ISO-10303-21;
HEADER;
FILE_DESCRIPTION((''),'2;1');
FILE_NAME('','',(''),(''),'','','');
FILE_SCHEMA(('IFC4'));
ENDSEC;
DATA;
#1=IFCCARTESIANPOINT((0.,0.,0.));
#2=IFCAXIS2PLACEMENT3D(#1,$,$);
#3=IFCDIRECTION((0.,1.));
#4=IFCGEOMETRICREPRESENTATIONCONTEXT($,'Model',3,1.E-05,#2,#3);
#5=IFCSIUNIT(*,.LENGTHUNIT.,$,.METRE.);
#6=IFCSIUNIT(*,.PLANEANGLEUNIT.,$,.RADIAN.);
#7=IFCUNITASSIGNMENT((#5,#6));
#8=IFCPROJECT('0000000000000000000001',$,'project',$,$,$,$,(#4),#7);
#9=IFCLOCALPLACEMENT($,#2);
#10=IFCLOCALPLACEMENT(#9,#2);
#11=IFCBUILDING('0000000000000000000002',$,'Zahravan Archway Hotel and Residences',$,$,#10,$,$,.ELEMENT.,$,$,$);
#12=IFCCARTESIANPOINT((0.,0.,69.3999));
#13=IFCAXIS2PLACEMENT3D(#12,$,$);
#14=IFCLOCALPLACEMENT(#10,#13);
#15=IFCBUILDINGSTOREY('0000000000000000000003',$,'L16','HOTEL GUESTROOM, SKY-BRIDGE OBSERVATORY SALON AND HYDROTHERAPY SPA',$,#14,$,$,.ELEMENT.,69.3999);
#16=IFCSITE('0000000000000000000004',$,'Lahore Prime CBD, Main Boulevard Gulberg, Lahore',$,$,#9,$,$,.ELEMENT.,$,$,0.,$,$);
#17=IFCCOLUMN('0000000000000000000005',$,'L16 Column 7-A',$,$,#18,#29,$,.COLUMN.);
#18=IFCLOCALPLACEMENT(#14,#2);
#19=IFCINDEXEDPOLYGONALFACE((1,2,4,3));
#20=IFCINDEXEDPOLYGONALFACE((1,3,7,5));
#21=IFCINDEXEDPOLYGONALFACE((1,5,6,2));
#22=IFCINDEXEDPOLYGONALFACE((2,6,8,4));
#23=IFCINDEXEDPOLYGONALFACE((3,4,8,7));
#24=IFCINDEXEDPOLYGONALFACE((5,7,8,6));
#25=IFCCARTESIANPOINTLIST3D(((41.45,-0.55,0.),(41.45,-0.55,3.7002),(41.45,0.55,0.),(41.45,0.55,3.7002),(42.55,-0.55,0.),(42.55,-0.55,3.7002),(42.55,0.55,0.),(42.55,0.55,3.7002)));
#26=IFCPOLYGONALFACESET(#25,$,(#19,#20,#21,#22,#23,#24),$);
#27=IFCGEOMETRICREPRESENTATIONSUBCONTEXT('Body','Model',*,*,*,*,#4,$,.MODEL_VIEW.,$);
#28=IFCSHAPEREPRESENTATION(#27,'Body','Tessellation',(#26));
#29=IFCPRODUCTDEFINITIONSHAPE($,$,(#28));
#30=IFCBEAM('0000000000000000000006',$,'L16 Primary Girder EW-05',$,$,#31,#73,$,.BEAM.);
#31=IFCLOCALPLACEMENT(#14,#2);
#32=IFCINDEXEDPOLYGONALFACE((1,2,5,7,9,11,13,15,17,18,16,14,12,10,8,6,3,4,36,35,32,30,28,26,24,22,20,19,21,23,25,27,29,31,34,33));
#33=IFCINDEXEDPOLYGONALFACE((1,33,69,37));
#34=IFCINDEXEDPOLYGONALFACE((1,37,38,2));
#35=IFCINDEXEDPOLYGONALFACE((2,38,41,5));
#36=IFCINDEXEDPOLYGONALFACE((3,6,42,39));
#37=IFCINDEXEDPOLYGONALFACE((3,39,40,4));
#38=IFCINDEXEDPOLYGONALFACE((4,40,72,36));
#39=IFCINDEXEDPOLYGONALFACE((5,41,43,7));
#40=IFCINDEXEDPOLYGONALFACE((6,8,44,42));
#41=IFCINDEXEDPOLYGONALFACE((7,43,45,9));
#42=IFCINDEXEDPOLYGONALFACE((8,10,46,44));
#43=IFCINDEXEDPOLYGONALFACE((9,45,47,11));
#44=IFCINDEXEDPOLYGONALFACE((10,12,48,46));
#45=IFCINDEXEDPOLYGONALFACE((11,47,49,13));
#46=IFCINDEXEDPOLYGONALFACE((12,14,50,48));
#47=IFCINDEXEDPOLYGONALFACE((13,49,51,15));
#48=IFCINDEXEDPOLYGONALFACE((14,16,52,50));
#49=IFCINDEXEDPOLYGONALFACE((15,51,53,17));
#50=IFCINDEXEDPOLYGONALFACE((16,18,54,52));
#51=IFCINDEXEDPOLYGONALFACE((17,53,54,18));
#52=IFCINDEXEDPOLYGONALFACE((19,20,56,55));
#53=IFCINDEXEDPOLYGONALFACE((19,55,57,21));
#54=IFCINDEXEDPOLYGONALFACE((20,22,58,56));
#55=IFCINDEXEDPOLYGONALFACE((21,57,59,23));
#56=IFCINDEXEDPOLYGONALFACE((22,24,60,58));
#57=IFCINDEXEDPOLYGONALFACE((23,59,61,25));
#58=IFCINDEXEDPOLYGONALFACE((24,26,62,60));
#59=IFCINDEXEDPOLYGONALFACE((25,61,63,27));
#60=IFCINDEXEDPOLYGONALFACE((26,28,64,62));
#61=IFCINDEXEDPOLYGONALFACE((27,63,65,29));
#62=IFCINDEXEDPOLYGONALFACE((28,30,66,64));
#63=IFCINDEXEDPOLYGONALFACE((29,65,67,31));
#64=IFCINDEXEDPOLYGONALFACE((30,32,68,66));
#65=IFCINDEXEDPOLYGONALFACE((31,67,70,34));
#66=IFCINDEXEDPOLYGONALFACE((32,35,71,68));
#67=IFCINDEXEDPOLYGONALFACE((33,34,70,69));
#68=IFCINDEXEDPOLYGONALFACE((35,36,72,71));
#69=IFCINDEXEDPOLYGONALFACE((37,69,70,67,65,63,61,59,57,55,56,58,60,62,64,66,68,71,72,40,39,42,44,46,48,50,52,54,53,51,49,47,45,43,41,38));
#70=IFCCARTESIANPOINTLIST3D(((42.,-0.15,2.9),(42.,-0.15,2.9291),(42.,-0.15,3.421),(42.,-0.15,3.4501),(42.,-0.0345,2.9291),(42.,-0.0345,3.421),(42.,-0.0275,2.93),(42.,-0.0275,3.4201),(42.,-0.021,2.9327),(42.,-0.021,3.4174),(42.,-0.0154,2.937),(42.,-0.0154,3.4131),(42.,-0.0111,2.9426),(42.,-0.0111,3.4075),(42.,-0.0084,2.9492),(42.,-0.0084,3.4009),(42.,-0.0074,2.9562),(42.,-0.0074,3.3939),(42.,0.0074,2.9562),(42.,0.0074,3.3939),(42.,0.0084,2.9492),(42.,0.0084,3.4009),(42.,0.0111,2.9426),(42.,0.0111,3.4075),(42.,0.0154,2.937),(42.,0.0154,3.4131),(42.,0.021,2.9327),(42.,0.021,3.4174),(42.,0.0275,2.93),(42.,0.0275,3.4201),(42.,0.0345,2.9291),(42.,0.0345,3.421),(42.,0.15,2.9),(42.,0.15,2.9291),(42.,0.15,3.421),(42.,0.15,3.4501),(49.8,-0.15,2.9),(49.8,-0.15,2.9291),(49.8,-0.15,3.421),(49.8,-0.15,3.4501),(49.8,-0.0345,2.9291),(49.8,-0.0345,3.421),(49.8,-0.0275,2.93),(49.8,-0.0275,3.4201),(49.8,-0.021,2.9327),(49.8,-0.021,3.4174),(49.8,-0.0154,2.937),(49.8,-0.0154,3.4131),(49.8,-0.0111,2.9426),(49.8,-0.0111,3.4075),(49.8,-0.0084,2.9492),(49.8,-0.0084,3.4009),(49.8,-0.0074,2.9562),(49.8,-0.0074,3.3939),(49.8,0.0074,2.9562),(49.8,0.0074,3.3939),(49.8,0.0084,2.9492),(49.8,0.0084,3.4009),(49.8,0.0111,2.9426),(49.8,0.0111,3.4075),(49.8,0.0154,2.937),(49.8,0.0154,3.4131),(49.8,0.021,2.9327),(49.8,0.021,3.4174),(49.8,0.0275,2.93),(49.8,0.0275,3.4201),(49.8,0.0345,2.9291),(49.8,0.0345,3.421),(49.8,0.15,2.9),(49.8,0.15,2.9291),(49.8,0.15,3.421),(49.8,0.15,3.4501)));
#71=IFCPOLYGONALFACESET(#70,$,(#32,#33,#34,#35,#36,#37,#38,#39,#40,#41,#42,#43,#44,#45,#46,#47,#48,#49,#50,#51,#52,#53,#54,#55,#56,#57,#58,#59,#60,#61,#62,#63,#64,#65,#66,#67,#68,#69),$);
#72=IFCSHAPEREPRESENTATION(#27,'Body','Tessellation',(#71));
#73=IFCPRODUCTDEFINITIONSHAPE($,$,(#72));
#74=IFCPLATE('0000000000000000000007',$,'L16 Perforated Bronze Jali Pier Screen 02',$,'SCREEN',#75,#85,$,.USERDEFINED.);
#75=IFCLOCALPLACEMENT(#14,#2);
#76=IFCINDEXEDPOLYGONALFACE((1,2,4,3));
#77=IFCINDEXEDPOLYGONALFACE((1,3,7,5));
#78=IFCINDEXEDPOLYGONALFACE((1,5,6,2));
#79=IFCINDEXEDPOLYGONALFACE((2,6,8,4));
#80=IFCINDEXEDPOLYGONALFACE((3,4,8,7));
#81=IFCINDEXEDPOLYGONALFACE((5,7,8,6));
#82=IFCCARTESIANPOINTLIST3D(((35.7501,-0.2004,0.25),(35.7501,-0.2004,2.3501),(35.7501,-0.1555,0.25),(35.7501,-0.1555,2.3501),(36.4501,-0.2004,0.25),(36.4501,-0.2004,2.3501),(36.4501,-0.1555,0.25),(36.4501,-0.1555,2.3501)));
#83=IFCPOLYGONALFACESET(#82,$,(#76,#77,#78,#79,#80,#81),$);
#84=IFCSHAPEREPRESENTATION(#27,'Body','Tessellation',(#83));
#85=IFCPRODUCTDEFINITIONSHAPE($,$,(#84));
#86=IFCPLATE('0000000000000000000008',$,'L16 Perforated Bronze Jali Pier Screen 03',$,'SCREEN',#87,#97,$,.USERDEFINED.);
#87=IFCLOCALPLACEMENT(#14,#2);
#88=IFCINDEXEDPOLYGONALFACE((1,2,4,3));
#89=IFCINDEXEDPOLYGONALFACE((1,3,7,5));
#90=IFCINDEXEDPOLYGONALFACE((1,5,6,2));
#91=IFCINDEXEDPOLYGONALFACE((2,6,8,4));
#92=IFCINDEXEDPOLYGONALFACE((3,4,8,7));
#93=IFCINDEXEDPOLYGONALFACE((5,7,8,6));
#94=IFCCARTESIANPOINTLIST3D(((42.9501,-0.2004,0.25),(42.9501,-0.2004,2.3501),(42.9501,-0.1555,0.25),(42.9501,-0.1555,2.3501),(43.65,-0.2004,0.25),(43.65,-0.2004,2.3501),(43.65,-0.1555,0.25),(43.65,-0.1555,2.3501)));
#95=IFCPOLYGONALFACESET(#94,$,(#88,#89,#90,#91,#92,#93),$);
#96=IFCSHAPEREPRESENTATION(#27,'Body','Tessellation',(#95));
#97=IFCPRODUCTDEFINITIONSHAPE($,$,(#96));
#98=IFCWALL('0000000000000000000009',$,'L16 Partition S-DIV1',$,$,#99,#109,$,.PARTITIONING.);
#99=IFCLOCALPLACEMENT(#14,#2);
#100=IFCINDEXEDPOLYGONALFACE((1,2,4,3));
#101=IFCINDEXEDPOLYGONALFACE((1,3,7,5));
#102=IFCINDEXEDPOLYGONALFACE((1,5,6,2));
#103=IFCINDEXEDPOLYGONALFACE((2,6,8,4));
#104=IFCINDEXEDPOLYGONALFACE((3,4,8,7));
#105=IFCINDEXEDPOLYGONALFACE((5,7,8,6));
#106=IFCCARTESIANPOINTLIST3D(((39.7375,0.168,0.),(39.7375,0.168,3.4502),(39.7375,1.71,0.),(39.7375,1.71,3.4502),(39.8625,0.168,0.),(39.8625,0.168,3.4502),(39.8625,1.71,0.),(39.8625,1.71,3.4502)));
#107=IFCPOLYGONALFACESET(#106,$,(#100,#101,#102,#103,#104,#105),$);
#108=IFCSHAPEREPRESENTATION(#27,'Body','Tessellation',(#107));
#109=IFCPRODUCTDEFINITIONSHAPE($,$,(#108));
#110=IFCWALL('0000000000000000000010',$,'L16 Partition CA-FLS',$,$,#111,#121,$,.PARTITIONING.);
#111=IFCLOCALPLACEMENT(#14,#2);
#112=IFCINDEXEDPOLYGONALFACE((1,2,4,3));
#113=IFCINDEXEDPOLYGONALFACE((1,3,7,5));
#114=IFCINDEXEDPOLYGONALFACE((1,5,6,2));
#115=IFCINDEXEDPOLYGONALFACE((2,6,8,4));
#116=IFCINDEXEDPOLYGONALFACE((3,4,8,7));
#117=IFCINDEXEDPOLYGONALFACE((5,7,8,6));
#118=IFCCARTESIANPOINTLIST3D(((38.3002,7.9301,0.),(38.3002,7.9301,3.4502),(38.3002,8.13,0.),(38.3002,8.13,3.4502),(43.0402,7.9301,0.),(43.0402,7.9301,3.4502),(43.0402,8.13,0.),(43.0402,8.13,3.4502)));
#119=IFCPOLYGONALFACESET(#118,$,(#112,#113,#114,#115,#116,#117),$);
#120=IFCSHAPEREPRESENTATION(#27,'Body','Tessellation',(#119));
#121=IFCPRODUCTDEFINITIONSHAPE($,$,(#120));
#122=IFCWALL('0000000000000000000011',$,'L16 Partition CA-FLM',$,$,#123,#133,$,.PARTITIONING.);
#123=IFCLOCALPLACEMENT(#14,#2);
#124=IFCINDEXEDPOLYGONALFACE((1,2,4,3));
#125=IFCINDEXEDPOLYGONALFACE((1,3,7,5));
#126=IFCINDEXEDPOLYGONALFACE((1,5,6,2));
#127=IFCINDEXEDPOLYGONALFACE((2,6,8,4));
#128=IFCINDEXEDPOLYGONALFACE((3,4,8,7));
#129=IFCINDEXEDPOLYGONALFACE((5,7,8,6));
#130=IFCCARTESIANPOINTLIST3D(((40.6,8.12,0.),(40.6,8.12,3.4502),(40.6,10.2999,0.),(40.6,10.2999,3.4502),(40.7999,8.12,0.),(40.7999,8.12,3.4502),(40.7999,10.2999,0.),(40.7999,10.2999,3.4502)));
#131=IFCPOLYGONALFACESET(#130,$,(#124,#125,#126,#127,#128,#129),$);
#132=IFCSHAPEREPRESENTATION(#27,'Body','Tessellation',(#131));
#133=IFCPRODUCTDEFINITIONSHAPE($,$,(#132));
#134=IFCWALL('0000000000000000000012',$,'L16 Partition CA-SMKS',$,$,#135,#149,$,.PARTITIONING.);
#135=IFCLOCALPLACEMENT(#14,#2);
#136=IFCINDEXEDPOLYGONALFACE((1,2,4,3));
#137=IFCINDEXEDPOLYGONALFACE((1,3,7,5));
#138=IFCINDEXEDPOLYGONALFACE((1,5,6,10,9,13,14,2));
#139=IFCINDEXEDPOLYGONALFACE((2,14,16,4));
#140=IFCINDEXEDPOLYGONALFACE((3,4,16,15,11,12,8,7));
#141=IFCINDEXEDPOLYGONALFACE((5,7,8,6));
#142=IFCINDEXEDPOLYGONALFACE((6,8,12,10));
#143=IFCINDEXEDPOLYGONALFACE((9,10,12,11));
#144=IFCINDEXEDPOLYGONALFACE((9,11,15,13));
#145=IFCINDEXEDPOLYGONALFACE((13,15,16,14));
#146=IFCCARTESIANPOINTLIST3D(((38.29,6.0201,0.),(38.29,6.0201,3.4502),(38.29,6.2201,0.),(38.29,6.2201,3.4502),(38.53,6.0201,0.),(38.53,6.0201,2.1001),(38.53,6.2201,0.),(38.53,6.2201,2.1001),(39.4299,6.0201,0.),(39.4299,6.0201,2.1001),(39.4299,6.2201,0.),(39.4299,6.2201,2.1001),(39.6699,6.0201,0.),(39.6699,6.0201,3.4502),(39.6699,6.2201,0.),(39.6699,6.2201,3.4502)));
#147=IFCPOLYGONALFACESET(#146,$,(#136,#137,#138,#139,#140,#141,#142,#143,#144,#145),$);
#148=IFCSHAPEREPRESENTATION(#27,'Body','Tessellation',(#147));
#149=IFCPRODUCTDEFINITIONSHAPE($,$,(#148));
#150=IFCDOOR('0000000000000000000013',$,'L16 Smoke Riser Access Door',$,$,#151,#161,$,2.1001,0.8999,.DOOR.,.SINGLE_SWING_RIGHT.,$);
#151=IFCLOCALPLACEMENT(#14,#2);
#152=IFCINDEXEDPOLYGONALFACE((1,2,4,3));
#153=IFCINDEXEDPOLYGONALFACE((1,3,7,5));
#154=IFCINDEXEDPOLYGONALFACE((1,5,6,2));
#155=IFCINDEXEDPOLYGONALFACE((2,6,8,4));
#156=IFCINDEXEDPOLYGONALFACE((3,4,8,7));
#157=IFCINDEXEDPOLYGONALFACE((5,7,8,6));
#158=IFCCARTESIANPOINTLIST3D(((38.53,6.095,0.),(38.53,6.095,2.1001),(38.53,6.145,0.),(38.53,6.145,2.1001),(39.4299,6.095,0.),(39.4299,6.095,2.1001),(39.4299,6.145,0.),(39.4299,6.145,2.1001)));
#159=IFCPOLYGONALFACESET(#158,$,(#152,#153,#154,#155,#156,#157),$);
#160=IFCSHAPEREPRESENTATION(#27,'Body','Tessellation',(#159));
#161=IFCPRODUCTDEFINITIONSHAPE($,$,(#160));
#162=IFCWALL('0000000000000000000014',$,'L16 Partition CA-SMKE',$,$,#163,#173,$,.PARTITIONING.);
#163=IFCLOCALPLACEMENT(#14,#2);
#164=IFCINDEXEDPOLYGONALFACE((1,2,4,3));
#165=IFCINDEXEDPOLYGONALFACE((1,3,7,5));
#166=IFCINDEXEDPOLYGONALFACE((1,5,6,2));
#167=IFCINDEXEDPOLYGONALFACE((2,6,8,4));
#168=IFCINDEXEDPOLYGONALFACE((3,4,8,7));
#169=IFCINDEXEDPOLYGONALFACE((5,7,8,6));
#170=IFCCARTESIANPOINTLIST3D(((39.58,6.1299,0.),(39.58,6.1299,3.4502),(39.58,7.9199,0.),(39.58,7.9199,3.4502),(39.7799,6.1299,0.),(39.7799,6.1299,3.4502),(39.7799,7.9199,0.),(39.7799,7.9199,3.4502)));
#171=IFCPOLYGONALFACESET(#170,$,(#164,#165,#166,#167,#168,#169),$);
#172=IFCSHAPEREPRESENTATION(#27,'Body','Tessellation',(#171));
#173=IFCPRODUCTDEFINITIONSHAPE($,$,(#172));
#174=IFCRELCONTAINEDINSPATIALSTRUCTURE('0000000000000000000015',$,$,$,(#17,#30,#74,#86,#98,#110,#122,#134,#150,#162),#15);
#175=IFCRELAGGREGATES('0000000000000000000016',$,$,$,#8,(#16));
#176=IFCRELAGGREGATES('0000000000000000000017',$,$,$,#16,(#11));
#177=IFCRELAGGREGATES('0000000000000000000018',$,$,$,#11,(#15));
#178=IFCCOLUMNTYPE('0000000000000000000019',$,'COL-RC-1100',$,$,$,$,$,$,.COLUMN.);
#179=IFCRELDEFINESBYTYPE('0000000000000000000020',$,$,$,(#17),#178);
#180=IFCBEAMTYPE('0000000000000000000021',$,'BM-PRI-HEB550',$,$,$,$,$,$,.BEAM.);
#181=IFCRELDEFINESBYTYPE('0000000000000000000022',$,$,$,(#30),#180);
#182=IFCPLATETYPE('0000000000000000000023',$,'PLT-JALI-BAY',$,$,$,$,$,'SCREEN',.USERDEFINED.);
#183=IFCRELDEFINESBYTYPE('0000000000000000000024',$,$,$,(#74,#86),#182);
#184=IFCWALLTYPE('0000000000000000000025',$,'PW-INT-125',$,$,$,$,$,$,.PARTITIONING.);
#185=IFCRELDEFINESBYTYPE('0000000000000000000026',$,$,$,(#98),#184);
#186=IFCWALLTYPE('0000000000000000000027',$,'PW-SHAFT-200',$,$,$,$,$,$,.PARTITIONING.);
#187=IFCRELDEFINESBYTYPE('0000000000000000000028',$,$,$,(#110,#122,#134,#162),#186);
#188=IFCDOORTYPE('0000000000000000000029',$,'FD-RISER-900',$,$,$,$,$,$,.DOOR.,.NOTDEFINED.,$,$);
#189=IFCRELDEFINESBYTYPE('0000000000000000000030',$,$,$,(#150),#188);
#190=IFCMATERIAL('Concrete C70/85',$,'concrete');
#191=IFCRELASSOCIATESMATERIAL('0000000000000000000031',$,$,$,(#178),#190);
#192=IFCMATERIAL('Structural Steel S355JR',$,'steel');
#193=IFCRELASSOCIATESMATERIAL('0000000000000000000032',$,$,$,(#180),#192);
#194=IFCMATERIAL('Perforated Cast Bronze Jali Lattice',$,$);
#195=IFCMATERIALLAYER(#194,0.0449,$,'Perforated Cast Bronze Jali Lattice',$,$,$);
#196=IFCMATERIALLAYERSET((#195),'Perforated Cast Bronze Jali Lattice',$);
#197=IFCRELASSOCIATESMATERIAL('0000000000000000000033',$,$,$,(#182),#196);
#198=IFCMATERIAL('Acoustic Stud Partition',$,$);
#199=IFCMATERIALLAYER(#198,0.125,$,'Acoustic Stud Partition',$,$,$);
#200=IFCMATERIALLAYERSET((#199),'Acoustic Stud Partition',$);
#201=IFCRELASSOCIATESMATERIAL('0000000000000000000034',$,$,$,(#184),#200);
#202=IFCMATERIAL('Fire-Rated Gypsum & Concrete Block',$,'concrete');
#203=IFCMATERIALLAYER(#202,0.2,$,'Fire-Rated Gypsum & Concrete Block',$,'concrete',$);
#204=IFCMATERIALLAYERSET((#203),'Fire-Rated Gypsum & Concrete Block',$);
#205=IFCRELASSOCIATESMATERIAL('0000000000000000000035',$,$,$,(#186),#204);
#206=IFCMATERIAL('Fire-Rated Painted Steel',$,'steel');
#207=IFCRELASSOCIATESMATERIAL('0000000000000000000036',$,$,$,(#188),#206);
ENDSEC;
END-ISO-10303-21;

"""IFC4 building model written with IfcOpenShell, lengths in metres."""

from ifc_helpers import new_model, si_unit, direction, frame, frame_2d, origin, origin_2d, place, context, subcontext, project, spatial, rectangle, i_section, extrude, source, transform, mapped, material, layer, layer_set, material_profile, profile_set, type_object, type_shapes, element, fill, save


model = new_model("IFC4")

# Units and contexts
model_context = context("Model", 3, precision=1e-05, world=origin(), true_north=direction((0.0, 1.0)))
body_context = subcontext(model_context, "Body", "Model", "MODEL_VIEW")
ifc_project = project(units=[si_unit("LENGTHUNIT", "METRE"), si_unit("PLANEANGLEUNIT", "RADIAN")], contexts=[model_context])

# Site, building, storey
site_placement = place(None, origin())
site = spatial("IfcSite", under=ifc_project, at=site_placement, Name="Lahore Prime CBD, Main Boulevard Gulberg, Lahore", CompositionType="ELEMENT", RefElevation=0.0)
building_placement = place(site_placement, origin())
building = spatial("IfcBuilding", under=site, at=building_placement, Name="Zahravan Archway Hotel and Residences", CompositionType="ELEMENT")
storey_placement = place(building_placement, frame((0.0, 0.0, 69.3999)))
storey = spatial("IfcBuildingStorey", under=building, at=storey_placement, Name="L16", Description="HOTEL GUESTROOM, SKY-BRIDGE OBSERVATORY SALON AND HYDROTHERAPY SPA", CompositionType="ELEMENT", Elevation=69.3999)

# Column
ifc_material_1 = material(Name="Concrete C70/85", Category="concrete")
ifc_material_profile_1 = material_profile(ifc_material_1, rectangle(XDim=1.1001, YDim=1.1001, at=origin_2d()), Name="RC 1100x1100", Category="concrete")
ifc_profile_set_1 = profile_set([ifc_material_profile_1], Name="Concrete C70/85")
column_type = type_object("IfcColumnType", Name="COL-RC-1100", PredefinedType="COLUMN", material=ifc_profile_set_1)
shared_shape_1 = source(origin(), body_context, "Body", "SweptSolid", [
    extrude(rectangle(XDim=1.1001, YDim=1.1001, at=origin_2d()), origin(), (0.0, 0.0, 1.0), 3.7002),
])
column_placement = place(storey_placement, frame((42.0, 0.0, 0.0), z_axis=(0.0, 0.0, 1.0), x_axis=(1.0, 0.0, 0.0)))
element("IfcColumn", 1, at=column_placement, inside=storey, type_object=column_type, Name="L16 Column 7-A", PredefinedType="COLUMN", context=body_context, shape_type="MappedRepresentation", body=[
    mapped(shared_shape_1, transform((0.0, 0.0, 0.0), scale=1.0)),
])

# Beam
ifc_material_2 = material(Name="Structural Steel S355JR", Category="steel")
ifc_material_profile_2 = material_profile(ifc_material_2, i_section(OverallWidth=0.3, OverallDepth=0.55, WebThickness=0.0149, FlangeThickness=0.0291, FilletRadius=0.0271, at=origin_2d()), Name="HEB 550", Category="steel")
ifc_profile_set_2 = profile_set([ifc_material_profile_2], Name="Structural Steel S355JR")
beam_type = type_object("IfcBeamType", Name="BM-PRI-HEB550", PredefinedType="BEAM", material=ifc_profile_set_2)
shared_shape_2 = source(origin(), body_context, "Body", "SweptSolid", [
    extrude(i_section(OverallWidth=0.3, OverallDepth=0.55, WebThickness=0.0149, FlangeThickness=0.0291, FilletRadius=0.0271, at=origin_2d()), origin(), (0.0, 0.0, 1.0), 7.8),
])
beam_placement = place(storey_placement, frame((42.0, 0.0, 3.175), z_axis=(1.0, 0.0, 0.0), x_axis=(0.0, 1.0, 0.0)))
element("IfcBeam", 2, at=beam_placement, inside=storey, type_object=beam_type, Name="L16 Primary Girder EW-05", PredefinedType="BEAM", context=body_context, shape_type="MappedRepresentation", body=[
    mapped(shared_shape_2, transform((0.0, 0.0, 0.0), scale=1.0)),
])

# Plates
ifc_material_3 = material(Name="Perforated Cast Bronze Jali Lattice")
ifc_layer_1 = layer(ifc_material_3, 0.0449, Name="Perforated Cast Bronze Jali Lattice")
ifc_layer_set_1 = layer_set([ifc_layer_1], Name="Perforated Cast Bronze Jali Lattice")
plate_type = type_object("IfcPlateType", Name="PLT-JALI-BAY", ElementType="SCREEN", PredefinedType="USERDEFINED", material=ifc_layer_set_1)
shared_shape_3 = source(origin(), body_context, "Body", "SweptSolid", [
    extrude(rectangle(XDim=0.7, YDim=0.0449, at=origin_2d()), origin(), (0.0, 0.0, 1.0), 2.1001),
])
type_shapes(plate_type, [shared_shape_3])
for number, where, z_axis, x_axis, name in (
    (3, (36.1001, -0.178, 0.25), (0.0, 0.0, 1.0), (1.0, 0.0, 0.0), "L16 Perforated Bronze Jali Pier Screen 02"),
    (4, (43.3, -0.178, 0.25), (0.0, 0.0, 1.0), (1.0, 0.0, 0.0), "L16 Perforated Bronze Jali Pier Screen 03"),
):
    element("IfcPlate", number, at=place(storey_placement, frame(where, z_axis=z_axis, x_axis=x_axis)), inside=storey, type_object=plate_type, Name=name, ObjectType="SCREEN", PredefinedType="USERDEFINED", context=body_context, shape_type="MappedRepresentation", body=[
        mapped(shared_shape_3, transform((0.0, 0.0, 0.0), scale=1.0)),
    ])

# Walls
ifc_material_4 = material(Name="Acoustic Stud Partition")
ifc_layer_2 = layer(ifc_material_4, 0.125, Name="Acoustic Stud Partition")
ifc_layer_set_2 = layer_set([ifc_layer_2], Name="Acoustic Stud Partition")
wall_type_1 = type_object("IfcWallType", Name="PW-INT-125", PredefinedType="PARTITIONING", material=ifc_layer_set_2)
wall_1_placement = place(storey_placement, frame((39.8, 0.168, 0.0), z_axis=(0.0, 0.0, 1.0), x_axis=(0.0, 1.0, 0.0)))
element("IfcWall", 5, at=wall_1_placement, inside=storey, type_object=wall_type_1, Name="L16 Partition S-DIV1", PredefinedType="PARTITIONING", context=body_context, shape_type="SweptSolid", body=[
    extrude(rectangle(XDim=1.542, YDim=0.125, at=frame_2d((0.771, 0.0))), origin(), (0.0, 0.0, 1.0), 3.4502),
])
ifc_material_5 = material(Name="Fire-Rated Gypsum & Concrete Block", Category="concrete")
ifc_layer_3 = layer(ifc_material_5, 0.2, Name="Fire-Rated Gypsum & Concrete Block", Category="concrete")
ifc_layer_set_3 = layer_set([ifc_layer_3], Name="Fire-Rated Gypsum & Concrete Block")
wall_type_2 = type_object("IfcWallType", Name="PW-SHAFT-200", PredefinedType="PARTITIONING", material=ifc_layer_set_3)
wall_2_placement = place(storey_placement, frame((38.3, 8.03, 0.0), z_axis=(0.0, 0.0, 1.0), x_axis=(1.0, 0.0, 0.0)))
element("IfcWall", 6, at=wall_2_placement, inside=storey, type_object=wall_type_2, Name="L16 Partition CA-FLS", PredefinedType="PARTITIONING", context=body_context, shape_type="SweptSolid", body=[
    extrude(rectangle(XDim=4.74, YDim=0.2, at=frame_2d((2.3701, 0.0))), origin(), (0.0, 0.0, 1.0), 3.4502),
])
wall_3_placement = place(storey_placement, frame((40.7, 8.1201, 0.0), z_axis=(0.0, 0.0, 1.0), x_axis=(0.0, 1.0, 0.0)))
element("IfcWall", 7, at=wall_3_placement, inside=storey, type_object=wall_type_2, Name="L16 Partition CA-FLM", PredefinedType="PARTITIONING", context=body_context, shape_type="SweptSolid", body=[
    extrude(rectangle(XDim=2.1799, YDim=0.2, at=frame_2d((1.0898, 0.0))), origin(), (0.0, 0.0, 1.0), 3.4502),
])

# Wall, opening, door
wall_4_placement = place(storey_placement, frame((38.29, 6.1201, 0.0), z_axis=(0.0, 0.0, 1.0), x_axis=(1.0, 0.0, 0.0)))
wall_4 = element("IfcWall", 8, at=wall_4_placement, inside=storey, type_object=wall_type_2, Name="L16 Partition CA-SMKS", PredefinedType="PARTITIONING", context=body_context, shape_type="SweptSolid", body=[
    extrude(rectangle(XDim=1.3799, YDim=0.2, at=frame_2d((0.6899, 0.0))), origin(), (0.0, 0.0, 1.0), 3.4502),
])
opening_1_placement = place(wall_4_placement, frame((0.24, 0.0, 0.0)))
opening_1 = element("IfcOpeningElement", 9, at=opening_1_placement, cuts=wall_4, PredefinedType="OPENING", context=body_context, shape_type="SweptSolid", body=[
    extrude(rectangle(XDim=0.8999, YDim=2.1001, at=frame_2d((0.45, 1.05))), frame((0.0, 0.1099, 0.0), z_axis=(0.0, -1.0, 0.0), x_axis=(1.0, 0.0, 0.0)), (0.0, 0.0, 1.0), 0.22),
])
ifc_material_6 = material(Name="Fire-Rated Painted Steel", Category="steel")
door_type = type_object("IfcDoorType", Name="FD-RISER-900", OperationType="NOTDEFINED", PredefinedType="DOOR", material=ifc_material_6)
shared_shape_4 = source(origin(), body_context, "Body", "SweptSolid", [
    extrude(rectangle(XDim=0.8999, YDim=2.1001, at=frame_2d((0.45, 1.05))), frame((0.0, 0.0249, 0.0), z_axis=(0.0, -1.0, 0.0), x_axis=(1.0, 0.0, 0.0)), (0.0, 0.0, 1.0), 0.05),
])
type_shapes(door_type, [shared_shape_4])
door_1_placement = place(opening_1_placement, origin())
door_1 = element("IfcDoor", 10, at=door_1_placement, inside=storey, type_object=door_type, Name="L16 Smoke Riser Access Door", OperationType="SINGLE_SWING_RIGHT", OverallHeight=2.1001, OverallWidth=0.8999, PredefinedType="DOOR", context=body_context, shape_type="MappedRepresentation", body=[
    mapped(shared_shape_4, transform((0.0, 0.0, 0.0), scale=1.0)),
])
fill(opening_1, door_1)

# Wall
wall_5_placement = place(storey_placement, frame((39.6799, 6.1299, 0.0), z_axis=(0.0, 0.0, 1.0), x_axis=(0.0, 1.0, 0.0)))
element("IfcWall", 11, at=wall_5_placement, inside=storey, type_object=wall_type_2, Name="L16 Partition CA-SMKE", PredefinedType="PARTITIONING", context=body_context, shape_type="SweptSolid", body=[
    extrude(rectangle(XDim=1.79, YDim=0.2, at=frame_2d((0.895, 0.0))), origin(), (0.0, 0.0, 1.0), 3.4502),
])

save(model, "model.ifc")
